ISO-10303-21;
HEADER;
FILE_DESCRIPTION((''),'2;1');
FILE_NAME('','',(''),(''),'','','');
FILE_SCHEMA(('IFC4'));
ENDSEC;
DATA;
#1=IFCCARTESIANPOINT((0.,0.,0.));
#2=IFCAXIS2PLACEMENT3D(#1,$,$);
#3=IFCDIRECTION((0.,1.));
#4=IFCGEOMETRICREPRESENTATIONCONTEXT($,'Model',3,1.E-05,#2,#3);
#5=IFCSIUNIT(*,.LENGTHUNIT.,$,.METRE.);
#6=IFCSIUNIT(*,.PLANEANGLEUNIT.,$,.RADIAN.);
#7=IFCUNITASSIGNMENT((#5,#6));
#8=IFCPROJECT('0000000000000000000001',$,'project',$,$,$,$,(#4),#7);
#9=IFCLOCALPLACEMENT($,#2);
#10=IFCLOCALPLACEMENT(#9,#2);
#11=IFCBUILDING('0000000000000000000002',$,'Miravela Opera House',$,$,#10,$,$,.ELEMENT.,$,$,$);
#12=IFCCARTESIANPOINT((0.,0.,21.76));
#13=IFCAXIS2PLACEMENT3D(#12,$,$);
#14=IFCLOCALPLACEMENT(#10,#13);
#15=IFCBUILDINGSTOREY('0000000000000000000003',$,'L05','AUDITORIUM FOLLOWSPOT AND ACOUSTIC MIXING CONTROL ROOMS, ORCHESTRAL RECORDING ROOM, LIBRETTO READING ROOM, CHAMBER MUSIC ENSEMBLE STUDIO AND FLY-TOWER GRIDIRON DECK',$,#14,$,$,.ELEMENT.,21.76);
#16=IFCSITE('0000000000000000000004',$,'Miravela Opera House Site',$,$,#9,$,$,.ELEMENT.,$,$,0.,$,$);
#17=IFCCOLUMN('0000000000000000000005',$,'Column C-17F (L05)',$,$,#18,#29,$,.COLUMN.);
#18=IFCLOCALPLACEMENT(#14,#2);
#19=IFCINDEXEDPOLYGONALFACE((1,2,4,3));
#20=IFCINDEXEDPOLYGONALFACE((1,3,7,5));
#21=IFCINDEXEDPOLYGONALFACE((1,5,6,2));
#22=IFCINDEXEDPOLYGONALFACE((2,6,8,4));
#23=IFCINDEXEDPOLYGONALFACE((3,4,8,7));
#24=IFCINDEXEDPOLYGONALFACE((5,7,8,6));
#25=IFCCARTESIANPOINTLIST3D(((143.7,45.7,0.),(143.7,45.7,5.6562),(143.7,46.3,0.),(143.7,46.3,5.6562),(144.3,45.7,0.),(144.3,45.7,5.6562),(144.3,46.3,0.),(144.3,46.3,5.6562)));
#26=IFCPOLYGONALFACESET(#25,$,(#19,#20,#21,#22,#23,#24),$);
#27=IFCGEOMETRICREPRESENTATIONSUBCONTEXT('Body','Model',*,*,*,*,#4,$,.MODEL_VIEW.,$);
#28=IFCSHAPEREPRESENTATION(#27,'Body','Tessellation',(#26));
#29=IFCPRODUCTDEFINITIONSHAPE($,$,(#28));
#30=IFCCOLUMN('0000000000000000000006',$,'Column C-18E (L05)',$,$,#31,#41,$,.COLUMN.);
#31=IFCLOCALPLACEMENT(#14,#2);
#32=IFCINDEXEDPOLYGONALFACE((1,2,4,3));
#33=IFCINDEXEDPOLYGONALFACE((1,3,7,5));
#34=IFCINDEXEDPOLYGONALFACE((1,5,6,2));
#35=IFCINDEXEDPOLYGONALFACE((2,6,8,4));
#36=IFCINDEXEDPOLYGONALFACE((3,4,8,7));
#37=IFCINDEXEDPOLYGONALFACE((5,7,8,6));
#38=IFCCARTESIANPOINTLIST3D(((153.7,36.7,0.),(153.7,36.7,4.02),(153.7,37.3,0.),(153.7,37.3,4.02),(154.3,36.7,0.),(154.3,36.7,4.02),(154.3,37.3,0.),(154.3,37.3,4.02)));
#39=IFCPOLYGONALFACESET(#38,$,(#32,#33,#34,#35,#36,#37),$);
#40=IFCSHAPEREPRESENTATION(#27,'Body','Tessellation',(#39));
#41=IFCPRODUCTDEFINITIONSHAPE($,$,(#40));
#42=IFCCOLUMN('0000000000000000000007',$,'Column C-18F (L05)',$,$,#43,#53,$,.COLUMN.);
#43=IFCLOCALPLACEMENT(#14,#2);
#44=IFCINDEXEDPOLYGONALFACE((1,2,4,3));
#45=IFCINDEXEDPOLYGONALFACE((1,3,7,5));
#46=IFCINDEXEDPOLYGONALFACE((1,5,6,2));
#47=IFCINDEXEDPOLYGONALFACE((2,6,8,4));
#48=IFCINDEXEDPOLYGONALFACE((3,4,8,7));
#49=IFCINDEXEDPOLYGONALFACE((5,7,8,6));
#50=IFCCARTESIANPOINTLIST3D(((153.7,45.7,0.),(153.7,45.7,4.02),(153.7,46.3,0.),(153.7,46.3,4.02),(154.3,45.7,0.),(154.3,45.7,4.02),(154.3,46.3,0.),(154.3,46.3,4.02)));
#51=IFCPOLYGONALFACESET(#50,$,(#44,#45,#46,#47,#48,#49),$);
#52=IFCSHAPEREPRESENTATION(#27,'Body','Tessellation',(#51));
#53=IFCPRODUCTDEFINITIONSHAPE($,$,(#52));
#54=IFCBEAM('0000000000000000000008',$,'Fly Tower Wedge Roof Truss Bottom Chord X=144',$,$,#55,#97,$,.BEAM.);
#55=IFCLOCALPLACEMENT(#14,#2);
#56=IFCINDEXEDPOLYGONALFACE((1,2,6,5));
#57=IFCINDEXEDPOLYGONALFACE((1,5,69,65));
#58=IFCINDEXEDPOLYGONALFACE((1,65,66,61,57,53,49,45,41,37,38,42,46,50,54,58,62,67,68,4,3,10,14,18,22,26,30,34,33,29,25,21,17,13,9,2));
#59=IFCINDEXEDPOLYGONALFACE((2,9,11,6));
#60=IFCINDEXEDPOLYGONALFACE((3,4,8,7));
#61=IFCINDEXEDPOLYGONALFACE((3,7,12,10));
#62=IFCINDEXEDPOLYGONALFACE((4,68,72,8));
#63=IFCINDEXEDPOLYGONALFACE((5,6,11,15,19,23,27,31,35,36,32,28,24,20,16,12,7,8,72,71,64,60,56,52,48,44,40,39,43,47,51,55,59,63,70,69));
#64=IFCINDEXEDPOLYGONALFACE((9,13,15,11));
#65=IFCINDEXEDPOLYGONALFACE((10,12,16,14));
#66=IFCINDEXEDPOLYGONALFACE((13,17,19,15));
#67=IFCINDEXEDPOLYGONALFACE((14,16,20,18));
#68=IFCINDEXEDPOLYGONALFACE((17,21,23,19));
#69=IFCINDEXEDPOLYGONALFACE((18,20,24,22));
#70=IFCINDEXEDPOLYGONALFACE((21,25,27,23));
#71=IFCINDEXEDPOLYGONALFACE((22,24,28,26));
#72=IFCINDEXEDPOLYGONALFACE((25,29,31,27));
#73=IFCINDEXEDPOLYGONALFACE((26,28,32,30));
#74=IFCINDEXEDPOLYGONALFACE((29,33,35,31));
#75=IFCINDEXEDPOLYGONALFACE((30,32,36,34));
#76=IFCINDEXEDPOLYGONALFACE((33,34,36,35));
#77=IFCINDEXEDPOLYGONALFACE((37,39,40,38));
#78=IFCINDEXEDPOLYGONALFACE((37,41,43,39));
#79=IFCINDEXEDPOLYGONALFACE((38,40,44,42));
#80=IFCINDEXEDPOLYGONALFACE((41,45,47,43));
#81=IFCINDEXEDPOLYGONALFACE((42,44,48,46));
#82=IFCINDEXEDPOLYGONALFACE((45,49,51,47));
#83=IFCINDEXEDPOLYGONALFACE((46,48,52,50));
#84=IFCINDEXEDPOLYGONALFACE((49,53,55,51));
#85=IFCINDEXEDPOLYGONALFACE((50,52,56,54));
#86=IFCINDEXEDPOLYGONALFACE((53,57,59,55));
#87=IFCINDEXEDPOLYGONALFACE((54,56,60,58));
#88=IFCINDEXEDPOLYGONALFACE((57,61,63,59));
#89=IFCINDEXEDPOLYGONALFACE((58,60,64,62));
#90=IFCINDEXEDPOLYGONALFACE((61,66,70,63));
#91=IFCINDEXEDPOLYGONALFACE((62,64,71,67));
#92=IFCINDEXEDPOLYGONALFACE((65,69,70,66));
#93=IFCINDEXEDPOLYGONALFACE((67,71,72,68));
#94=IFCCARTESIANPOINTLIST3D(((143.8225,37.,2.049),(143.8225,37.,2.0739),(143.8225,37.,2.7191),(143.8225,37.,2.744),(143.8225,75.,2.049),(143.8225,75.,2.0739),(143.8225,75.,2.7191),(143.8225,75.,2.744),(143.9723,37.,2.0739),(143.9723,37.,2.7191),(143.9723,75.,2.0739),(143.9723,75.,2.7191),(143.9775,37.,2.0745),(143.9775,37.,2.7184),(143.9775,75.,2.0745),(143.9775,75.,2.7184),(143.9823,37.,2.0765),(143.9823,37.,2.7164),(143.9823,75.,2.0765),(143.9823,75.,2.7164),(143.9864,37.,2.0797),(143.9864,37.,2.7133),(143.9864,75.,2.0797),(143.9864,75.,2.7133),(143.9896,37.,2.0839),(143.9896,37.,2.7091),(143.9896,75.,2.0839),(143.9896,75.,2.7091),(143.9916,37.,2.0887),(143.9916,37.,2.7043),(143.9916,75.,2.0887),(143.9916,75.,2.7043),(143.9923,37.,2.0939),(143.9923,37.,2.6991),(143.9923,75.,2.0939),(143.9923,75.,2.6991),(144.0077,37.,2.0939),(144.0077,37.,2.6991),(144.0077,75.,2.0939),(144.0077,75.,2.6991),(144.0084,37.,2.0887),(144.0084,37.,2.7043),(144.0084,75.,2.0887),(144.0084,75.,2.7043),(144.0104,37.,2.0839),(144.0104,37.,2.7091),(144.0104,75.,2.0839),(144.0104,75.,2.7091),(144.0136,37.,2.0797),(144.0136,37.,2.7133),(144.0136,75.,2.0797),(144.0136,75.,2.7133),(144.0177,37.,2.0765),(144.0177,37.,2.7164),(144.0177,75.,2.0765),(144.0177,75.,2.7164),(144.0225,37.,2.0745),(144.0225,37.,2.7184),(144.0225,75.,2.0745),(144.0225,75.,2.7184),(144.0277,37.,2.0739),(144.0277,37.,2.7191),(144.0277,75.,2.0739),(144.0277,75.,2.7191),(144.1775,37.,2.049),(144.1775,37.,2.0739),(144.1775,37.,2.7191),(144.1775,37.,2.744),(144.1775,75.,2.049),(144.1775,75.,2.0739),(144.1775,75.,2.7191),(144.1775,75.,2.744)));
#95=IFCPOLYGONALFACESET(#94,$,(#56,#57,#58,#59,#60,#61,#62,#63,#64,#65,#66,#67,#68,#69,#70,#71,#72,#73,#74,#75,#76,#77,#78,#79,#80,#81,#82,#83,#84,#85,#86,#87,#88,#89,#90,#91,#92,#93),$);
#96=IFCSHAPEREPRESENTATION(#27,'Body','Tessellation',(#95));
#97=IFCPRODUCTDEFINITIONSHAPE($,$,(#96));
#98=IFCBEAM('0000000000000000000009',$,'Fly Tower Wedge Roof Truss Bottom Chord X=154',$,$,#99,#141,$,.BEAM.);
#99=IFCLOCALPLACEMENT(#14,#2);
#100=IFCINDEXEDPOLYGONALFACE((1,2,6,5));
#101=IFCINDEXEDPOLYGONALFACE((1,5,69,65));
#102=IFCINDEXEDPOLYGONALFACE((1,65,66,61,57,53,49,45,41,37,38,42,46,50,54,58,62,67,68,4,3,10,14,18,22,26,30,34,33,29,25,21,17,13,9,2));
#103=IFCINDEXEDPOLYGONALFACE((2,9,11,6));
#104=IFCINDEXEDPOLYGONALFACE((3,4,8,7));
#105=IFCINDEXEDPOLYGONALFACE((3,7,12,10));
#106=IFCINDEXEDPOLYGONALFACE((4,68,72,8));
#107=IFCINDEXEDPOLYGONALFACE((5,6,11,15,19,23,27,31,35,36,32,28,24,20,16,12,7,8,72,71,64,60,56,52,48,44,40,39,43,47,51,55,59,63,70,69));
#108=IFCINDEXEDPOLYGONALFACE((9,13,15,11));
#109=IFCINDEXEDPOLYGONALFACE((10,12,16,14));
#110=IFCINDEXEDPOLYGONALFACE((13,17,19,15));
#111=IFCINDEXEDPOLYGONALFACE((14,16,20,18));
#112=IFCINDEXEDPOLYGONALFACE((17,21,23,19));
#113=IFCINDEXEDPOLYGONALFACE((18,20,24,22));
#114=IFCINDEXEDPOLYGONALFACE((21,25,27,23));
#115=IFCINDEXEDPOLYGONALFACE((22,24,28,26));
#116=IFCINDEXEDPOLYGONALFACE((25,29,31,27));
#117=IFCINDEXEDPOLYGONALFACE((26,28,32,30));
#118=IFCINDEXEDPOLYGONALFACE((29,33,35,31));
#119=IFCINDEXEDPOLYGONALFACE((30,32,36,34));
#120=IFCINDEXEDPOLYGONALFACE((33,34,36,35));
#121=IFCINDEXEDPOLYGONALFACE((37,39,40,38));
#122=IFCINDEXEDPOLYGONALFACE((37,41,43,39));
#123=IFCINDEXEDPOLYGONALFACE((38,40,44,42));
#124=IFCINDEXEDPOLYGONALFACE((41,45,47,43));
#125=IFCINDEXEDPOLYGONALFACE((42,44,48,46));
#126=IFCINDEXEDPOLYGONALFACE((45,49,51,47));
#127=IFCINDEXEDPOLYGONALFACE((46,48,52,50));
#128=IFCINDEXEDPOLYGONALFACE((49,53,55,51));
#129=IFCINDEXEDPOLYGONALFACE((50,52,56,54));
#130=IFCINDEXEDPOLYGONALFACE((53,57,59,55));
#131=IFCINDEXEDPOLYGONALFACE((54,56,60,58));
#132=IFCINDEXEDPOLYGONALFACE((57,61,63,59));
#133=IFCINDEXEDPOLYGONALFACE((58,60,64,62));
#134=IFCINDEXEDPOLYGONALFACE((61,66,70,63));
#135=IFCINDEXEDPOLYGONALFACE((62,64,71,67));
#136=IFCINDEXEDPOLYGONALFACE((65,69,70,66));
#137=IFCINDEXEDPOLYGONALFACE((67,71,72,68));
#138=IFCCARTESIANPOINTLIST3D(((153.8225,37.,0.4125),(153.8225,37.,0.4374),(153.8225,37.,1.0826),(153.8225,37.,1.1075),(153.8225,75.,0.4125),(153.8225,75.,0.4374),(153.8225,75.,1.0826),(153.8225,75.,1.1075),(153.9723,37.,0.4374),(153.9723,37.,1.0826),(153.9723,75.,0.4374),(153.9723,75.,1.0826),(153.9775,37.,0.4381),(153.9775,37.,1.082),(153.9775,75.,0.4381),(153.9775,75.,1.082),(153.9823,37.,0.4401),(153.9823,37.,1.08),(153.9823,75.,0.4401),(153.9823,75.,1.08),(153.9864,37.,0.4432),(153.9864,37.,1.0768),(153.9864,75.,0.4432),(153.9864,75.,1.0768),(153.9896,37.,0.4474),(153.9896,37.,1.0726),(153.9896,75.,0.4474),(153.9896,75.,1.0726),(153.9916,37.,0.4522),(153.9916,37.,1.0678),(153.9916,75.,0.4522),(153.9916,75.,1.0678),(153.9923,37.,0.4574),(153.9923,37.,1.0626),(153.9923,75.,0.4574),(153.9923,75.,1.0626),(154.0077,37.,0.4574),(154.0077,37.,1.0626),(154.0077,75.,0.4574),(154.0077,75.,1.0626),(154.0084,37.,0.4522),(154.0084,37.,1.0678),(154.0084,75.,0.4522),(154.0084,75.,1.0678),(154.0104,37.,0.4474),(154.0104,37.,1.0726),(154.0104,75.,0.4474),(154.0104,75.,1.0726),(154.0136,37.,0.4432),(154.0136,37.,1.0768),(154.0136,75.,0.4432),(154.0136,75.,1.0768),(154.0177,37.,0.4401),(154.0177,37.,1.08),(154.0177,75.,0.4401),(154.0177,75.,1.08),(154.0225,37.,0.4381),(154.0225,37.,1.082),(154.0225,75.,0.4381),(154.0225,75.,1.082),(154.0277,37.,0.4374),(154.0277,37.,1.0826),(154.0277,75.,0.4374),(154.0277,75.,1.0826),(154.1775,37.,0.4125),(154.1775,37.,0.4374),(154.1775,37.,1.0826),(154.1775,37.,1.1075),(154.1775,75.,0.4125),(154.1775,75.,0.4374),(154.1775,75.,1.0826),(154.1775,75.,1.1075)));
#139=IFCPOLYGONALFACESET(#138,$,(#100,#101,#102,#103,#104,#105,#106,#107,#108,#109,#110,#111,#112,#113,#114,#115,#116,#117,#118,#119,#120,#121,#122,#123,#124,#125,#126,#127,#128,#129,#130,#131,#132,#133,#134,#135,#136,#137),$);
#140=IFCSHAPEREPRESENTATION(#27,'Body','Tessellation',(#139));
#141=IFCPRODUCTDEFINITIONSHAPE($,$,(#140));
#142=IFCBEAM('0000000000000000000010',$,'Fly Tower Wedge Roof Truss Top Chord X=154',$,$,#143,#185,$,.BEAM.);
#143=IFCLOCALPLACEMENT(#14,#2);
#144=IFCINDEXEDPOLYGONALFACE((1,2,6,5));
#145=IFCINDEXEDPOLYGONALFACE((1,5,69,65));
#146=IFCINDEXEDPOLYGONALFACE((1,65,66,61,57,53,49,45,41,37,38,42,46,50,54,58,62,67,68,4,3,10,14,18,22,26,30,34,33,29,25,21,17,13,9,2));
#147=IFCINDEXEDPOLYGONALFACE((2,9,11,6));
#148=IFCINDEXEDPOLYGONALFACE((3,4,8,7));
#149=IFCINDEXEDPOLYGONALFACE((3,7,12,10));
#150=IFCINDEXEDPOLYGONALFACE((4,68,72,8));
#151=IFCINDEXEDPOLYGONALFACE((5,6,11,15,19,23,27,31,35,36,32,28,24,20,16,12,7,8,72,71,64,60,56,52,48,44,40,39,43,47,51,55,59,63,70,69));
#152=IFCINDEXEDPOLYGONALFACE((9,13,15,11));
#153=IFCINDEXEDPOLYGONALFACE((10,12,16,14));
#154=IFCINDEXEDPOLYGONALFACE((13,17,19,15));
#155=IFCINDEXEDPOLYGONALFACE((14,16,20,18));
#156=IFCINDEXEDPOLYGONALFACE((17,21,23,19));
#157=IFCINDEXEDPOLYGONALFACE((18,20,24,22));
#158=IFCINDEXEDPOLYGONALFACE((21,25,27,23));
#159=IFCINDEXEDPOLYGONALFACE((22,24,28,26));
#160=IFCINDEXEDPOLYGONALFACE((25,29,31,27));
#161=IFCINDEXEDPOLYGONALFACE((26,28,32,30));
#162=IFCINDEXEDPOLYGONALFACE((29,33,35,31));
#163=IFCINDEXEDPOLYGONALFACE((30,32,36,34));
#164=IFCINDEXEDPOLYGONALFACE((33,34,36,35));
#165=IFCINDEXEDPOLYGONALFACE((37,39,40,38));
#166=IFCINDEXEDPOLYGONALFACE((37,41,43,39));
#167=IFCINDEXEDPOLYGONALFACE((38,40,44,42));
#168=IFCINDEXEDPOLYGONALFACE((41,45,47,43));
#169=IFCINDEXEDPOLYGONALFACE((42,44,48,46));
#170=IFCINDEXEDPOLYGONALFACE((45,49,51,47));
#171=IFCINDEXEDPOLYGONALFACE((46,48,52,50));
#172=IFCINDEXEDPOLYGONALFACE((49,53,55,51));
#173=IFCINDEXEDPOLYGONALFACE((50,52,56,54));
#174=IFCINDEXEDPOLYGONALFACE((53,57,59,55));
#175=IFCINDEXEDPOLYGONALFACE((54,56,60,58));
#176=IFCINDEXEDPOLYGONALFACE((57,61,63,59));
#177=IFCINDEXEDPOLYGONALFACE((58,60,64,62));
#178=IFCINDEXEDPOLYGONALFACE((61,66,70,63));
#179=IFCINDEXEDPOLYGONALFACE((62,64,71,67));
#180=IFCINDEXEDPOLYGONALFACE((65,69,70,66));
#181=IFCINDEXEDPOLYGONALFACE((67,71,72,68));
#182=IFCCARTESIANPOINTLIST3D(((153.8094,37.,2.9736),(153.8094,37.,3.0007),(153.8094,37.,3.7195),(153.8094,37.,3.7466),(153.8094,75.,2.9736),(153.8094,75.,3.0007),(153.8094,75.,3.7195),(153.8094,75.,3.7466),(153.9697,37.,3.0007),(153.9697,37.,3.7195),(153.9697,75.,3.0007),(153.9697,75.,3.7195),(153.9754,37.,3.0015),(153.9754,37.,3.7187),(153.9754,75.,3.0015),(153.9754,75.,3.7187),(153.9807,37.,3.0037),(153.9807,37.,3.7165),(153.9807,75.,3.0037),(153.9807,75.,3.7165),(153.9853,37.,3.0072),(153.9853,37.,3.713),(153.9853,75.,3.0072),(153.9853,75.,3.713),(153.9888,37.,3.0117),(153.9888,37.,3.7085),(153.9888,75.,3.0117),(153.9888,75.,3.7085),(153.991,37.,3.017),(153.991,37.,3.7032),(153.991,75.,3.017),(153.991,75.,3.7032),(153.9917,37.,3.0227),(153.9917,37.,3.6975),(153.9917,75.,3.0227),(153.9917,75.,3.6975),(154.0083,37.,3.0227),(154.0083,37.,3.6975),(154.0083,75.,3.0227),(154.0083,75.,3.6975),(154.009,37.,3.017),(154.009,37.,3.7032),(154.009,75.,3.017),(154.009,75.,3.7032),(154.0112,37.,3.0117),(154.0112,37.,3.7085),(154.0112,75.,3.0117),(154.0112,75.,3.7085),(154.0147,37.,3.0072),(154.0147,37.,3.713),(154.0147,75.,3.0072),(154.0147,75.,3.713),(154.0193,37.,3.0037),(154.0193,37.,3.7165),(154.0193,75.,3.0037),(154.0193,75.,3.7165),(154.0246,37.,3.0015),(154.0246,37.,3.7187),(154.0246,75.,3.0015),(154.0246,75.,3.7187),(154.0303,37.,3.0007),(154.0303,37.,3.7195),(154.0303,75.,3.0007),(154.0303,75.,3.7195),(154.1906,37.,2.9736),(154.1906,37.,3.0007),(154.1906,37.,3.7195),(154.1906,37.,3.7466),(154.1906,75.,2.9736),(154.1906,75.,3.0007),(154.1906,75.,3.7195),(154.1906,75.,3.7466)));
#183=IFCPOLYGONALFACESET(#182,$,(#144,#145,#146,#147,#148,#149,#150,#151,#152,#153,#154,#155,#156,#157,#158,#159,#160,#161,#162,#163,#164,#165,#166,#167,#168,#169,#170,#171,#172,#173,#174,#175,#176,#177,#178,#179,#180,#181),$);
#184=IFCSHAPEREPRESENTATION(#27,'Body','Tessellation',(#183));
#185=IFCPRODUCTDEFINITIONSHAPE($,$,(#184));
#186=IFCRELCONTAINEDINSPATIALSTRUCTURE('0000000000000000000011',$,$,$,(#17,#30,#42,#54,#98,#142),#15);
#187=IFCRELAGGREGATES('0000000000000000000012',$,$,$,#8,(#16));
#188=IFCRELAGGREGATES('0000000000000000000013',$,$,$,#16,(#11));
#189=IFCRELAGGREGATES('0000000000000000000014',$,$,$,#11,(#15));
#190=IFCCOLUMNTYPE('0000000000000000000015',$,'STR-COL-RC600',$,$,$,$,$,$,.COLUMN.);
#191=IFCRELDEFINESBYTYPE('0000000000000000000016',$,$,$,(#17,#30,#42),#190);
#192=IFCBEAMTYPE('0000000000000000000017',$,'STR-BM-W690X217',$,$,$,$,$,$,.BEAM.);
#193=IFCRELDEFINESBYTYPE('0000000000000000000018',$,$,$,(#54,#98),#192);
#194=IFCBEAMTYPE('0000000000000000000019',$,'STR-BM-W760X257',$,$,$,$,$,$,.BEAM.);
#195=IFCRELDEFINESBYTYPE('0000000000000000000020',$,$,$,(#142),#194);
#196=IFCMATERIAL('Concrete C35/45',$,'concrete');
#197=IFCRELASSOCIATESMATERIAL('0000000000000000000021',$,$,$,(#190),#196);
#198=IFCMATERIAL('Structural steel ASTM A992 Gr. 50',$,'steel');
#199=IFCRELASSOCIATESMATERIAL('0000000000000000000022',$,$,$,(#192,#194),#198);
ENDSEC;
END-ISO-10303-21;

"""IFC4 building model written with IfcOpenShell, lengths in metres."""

from ifc_helpers import new_model, si_unit, direction, frame, origin, origin_2d, place, context, subcontext, project, spatial, rectangle, i_section, extrude, material, material_profile, profile_set, type_object, element, save


model = new_model("IFC4")

# Units and contexts
model_context = context("Model", 3, precision=1e-05, world=origin(), true_north=direction((0.0, 1.0)))
body_context = subcontext(model_context, "Body", "Model", "MODEL_VIEW")
ifc_project = project(units=[si_unit("LENGTHUNIT", "METRE"), si_unit("PLANEANGLEUNIT", "RADIAN")], contexts=[model_context])

# Site, building, storey
site_placement = place(None, origin())
site = spatial("IfcSite", under=ifc_project, at=site_placement, Name="Miravela Opera House Site", CompositionType="ELEMENT", RefElevation=0.0)
building_placement = place(site_placement, origin())
building = spatial("IfcBuilding", under=site, at=building_placement, Name="Miravela Opera House", CompositionType="ELEMENT")
storey_placement = place(building_placement, frame((0.0, 0.0, 21.76)))
storey = spatial("IfcBuildingStorey", under=building, at=storey_placement, Name="L05", Description="AUDITORIUM FOLLOWSPOT AND ACOUSTIC MIXING CONTROL ROOMS, ORCHESTRAL RECORDING ROOM, LIBRETTO READING ROOM, CHAMBER MUSIC ENSEMBLE STUDIO AND FLY-TOWER GRIDIRON DECK", CompositionType="ELEMENT", Elevation=21.76)

# Columns
ifc_material_1 = material(Name="Concrete C35/45", Category="concrete")
ifc_material_profile_1 = material_profile(ifc_material_1, rectangle(XDim=0.6001, YDim=0.6001, at=origin_2d()), Name="RC-COL-600X600")
ifc_profile_set_1 = profile_set([ifc_material_profile_1])
column_type = type_object("IfcColumnType", Name="STR-COL-RC600", PredefinedType="COLUMN", material=ifc_profile_set_1)
column_placement = place(storey_placement, frame((144.0, 46.0, 0.0), z_axis=(0.0, 0.0, 1.0), x_axis=(1.0, 0.0, 0.0)))
element("IfcColumn", 1, at=column_placement, inside=storey, type_object=column_type, Name="Column C-17F (L05)", PredefinedType="COLUMN", context=body_context, shape_type="SweptSolid", body=[
    extrude(rectangle(XDim=0.6001, YDim=0.6001, at=origin_2d()), origin(), (0.0, 0.0, 1.0), 5.6562),
])
for number, where, z_axis, x_axis, name in (
    (2, (154.0, 37.0, 0.0), (0.0, 0.0, 1.0), (1.0, 0.0, 0.0), "Column C-18E (L05)"),
    (3, (154.0, 46.0, 0.0), (0.0, 0.0, 1.0), (1.0, 0.0, 0.0), "Column C-18F (L05)"),
):
    element("IfcColumn", number, at=place(storey_placement, frame(where, z_axis=z_axis, x_axis=x_axis)), inside=storey, type_object=column_type, Name=name, PredefinedType="COLUMN", context=body_context, shape_type="SweptSolid", body=[
        extrude(rectangle(XDim=0.6001, YDim=0.6001, at=origin_2d()), origin(), (0.0, 0.0, 1.0), 4.02),
    ])

# Beams
ifc_material_2 = material(Name="Structural steel ASTM A992 Gr. 50", Category="steel")
ifc_material_profile_2 = material_profile(ifc_material_2, i_section(OverallWidth=0.355, OverallDepth=0.6951, WebThickness=0.0154, FlangeThickness=0.0249, FilletRadius=0.02, at=origin_2d()), Name="W690X217")
ifc_profile_set_2 = profile_set([ifc_material_profile_2])
beam_type_1 = type_object("IfcBeamType", Name="STR-BM-W690X217", PredefinedType="BEAM", material=ifc_profile_set_2)
for number, where, z_axis, x_axis, name in (
    (4, (144.0, 37.0, 2.3965), (0.0, 1.0, 0.0), (-1.0, 0.0, 0.0), "Fly Tower Wedge Roof Truss Bottom Chord X=144"),
    (5, (154.0, 37.0, 0.76), (0.0, 1.0, 0.0), (-1.0, 0.0, 0.0), "Fly Tower Wedge Roof Truss Bottom Chord X=154"),
):
    element("IfcBeam", number, at=place(storey_placement, frame(where, z_axis=z_axis, x_axis=x_axis)), inside=storey, type_object=beam_type_1, Name=name, PredefinedType="BEAM", context=body_context, shape_type="SweptSolid", body=[
        extrude(i_section(OverallWidth=0.355, OverallDepth=0.6951, WebThickness=0.0154, FlangeThickness=0.0249, FilletRadius=0.02, at=origin_2d()), origin(), (0.0, 0.0, 1.0), 38.0),
    ])
ifc_material_profile_3 = material_profile(ifc_material_2, i_section(OverallWidth=0.3811, OverallDepth=0.7729, WebThickness=0.0166, FlangeThickness=0.0271, FilletRadius=0.022, at=origin_2d()), Name="W760X257")
ifc_profile_set_3 = profile_set([ifc_material_profile_3])
beam_type_2 = type_object("IfcBeamType", Name="STR-BM-W760X257", PredefinedType="BEAM", material=ifc_profile_set_3)
beam_placement = place(storey_placement, frame((154.0, 37.0, 3.3601), z_axis=(0.0, 1.0, 0.0), x_axis=(-1.0, 0.0, 0.0)))
element("IfcBeam", 6, at=beam_placement, inside=storey, type_object=beam_type_2, Name="Fly Tower Wedge Roof Truss Top Chord X=154", PredefinedType="BEAM", context=body_context, shape_type="SweptSolid", body=[
    extrude(i_section(OverallWidth=0.3811, OverallDepth=0.7729, WebThickness=0.0166, FlangeThickness=0.0271, FilletRadius=0.022, at=origin_2d()), origin(), (0.0, 0.0, 1.0), 38.0),
])

save(model, "model.ifc")
